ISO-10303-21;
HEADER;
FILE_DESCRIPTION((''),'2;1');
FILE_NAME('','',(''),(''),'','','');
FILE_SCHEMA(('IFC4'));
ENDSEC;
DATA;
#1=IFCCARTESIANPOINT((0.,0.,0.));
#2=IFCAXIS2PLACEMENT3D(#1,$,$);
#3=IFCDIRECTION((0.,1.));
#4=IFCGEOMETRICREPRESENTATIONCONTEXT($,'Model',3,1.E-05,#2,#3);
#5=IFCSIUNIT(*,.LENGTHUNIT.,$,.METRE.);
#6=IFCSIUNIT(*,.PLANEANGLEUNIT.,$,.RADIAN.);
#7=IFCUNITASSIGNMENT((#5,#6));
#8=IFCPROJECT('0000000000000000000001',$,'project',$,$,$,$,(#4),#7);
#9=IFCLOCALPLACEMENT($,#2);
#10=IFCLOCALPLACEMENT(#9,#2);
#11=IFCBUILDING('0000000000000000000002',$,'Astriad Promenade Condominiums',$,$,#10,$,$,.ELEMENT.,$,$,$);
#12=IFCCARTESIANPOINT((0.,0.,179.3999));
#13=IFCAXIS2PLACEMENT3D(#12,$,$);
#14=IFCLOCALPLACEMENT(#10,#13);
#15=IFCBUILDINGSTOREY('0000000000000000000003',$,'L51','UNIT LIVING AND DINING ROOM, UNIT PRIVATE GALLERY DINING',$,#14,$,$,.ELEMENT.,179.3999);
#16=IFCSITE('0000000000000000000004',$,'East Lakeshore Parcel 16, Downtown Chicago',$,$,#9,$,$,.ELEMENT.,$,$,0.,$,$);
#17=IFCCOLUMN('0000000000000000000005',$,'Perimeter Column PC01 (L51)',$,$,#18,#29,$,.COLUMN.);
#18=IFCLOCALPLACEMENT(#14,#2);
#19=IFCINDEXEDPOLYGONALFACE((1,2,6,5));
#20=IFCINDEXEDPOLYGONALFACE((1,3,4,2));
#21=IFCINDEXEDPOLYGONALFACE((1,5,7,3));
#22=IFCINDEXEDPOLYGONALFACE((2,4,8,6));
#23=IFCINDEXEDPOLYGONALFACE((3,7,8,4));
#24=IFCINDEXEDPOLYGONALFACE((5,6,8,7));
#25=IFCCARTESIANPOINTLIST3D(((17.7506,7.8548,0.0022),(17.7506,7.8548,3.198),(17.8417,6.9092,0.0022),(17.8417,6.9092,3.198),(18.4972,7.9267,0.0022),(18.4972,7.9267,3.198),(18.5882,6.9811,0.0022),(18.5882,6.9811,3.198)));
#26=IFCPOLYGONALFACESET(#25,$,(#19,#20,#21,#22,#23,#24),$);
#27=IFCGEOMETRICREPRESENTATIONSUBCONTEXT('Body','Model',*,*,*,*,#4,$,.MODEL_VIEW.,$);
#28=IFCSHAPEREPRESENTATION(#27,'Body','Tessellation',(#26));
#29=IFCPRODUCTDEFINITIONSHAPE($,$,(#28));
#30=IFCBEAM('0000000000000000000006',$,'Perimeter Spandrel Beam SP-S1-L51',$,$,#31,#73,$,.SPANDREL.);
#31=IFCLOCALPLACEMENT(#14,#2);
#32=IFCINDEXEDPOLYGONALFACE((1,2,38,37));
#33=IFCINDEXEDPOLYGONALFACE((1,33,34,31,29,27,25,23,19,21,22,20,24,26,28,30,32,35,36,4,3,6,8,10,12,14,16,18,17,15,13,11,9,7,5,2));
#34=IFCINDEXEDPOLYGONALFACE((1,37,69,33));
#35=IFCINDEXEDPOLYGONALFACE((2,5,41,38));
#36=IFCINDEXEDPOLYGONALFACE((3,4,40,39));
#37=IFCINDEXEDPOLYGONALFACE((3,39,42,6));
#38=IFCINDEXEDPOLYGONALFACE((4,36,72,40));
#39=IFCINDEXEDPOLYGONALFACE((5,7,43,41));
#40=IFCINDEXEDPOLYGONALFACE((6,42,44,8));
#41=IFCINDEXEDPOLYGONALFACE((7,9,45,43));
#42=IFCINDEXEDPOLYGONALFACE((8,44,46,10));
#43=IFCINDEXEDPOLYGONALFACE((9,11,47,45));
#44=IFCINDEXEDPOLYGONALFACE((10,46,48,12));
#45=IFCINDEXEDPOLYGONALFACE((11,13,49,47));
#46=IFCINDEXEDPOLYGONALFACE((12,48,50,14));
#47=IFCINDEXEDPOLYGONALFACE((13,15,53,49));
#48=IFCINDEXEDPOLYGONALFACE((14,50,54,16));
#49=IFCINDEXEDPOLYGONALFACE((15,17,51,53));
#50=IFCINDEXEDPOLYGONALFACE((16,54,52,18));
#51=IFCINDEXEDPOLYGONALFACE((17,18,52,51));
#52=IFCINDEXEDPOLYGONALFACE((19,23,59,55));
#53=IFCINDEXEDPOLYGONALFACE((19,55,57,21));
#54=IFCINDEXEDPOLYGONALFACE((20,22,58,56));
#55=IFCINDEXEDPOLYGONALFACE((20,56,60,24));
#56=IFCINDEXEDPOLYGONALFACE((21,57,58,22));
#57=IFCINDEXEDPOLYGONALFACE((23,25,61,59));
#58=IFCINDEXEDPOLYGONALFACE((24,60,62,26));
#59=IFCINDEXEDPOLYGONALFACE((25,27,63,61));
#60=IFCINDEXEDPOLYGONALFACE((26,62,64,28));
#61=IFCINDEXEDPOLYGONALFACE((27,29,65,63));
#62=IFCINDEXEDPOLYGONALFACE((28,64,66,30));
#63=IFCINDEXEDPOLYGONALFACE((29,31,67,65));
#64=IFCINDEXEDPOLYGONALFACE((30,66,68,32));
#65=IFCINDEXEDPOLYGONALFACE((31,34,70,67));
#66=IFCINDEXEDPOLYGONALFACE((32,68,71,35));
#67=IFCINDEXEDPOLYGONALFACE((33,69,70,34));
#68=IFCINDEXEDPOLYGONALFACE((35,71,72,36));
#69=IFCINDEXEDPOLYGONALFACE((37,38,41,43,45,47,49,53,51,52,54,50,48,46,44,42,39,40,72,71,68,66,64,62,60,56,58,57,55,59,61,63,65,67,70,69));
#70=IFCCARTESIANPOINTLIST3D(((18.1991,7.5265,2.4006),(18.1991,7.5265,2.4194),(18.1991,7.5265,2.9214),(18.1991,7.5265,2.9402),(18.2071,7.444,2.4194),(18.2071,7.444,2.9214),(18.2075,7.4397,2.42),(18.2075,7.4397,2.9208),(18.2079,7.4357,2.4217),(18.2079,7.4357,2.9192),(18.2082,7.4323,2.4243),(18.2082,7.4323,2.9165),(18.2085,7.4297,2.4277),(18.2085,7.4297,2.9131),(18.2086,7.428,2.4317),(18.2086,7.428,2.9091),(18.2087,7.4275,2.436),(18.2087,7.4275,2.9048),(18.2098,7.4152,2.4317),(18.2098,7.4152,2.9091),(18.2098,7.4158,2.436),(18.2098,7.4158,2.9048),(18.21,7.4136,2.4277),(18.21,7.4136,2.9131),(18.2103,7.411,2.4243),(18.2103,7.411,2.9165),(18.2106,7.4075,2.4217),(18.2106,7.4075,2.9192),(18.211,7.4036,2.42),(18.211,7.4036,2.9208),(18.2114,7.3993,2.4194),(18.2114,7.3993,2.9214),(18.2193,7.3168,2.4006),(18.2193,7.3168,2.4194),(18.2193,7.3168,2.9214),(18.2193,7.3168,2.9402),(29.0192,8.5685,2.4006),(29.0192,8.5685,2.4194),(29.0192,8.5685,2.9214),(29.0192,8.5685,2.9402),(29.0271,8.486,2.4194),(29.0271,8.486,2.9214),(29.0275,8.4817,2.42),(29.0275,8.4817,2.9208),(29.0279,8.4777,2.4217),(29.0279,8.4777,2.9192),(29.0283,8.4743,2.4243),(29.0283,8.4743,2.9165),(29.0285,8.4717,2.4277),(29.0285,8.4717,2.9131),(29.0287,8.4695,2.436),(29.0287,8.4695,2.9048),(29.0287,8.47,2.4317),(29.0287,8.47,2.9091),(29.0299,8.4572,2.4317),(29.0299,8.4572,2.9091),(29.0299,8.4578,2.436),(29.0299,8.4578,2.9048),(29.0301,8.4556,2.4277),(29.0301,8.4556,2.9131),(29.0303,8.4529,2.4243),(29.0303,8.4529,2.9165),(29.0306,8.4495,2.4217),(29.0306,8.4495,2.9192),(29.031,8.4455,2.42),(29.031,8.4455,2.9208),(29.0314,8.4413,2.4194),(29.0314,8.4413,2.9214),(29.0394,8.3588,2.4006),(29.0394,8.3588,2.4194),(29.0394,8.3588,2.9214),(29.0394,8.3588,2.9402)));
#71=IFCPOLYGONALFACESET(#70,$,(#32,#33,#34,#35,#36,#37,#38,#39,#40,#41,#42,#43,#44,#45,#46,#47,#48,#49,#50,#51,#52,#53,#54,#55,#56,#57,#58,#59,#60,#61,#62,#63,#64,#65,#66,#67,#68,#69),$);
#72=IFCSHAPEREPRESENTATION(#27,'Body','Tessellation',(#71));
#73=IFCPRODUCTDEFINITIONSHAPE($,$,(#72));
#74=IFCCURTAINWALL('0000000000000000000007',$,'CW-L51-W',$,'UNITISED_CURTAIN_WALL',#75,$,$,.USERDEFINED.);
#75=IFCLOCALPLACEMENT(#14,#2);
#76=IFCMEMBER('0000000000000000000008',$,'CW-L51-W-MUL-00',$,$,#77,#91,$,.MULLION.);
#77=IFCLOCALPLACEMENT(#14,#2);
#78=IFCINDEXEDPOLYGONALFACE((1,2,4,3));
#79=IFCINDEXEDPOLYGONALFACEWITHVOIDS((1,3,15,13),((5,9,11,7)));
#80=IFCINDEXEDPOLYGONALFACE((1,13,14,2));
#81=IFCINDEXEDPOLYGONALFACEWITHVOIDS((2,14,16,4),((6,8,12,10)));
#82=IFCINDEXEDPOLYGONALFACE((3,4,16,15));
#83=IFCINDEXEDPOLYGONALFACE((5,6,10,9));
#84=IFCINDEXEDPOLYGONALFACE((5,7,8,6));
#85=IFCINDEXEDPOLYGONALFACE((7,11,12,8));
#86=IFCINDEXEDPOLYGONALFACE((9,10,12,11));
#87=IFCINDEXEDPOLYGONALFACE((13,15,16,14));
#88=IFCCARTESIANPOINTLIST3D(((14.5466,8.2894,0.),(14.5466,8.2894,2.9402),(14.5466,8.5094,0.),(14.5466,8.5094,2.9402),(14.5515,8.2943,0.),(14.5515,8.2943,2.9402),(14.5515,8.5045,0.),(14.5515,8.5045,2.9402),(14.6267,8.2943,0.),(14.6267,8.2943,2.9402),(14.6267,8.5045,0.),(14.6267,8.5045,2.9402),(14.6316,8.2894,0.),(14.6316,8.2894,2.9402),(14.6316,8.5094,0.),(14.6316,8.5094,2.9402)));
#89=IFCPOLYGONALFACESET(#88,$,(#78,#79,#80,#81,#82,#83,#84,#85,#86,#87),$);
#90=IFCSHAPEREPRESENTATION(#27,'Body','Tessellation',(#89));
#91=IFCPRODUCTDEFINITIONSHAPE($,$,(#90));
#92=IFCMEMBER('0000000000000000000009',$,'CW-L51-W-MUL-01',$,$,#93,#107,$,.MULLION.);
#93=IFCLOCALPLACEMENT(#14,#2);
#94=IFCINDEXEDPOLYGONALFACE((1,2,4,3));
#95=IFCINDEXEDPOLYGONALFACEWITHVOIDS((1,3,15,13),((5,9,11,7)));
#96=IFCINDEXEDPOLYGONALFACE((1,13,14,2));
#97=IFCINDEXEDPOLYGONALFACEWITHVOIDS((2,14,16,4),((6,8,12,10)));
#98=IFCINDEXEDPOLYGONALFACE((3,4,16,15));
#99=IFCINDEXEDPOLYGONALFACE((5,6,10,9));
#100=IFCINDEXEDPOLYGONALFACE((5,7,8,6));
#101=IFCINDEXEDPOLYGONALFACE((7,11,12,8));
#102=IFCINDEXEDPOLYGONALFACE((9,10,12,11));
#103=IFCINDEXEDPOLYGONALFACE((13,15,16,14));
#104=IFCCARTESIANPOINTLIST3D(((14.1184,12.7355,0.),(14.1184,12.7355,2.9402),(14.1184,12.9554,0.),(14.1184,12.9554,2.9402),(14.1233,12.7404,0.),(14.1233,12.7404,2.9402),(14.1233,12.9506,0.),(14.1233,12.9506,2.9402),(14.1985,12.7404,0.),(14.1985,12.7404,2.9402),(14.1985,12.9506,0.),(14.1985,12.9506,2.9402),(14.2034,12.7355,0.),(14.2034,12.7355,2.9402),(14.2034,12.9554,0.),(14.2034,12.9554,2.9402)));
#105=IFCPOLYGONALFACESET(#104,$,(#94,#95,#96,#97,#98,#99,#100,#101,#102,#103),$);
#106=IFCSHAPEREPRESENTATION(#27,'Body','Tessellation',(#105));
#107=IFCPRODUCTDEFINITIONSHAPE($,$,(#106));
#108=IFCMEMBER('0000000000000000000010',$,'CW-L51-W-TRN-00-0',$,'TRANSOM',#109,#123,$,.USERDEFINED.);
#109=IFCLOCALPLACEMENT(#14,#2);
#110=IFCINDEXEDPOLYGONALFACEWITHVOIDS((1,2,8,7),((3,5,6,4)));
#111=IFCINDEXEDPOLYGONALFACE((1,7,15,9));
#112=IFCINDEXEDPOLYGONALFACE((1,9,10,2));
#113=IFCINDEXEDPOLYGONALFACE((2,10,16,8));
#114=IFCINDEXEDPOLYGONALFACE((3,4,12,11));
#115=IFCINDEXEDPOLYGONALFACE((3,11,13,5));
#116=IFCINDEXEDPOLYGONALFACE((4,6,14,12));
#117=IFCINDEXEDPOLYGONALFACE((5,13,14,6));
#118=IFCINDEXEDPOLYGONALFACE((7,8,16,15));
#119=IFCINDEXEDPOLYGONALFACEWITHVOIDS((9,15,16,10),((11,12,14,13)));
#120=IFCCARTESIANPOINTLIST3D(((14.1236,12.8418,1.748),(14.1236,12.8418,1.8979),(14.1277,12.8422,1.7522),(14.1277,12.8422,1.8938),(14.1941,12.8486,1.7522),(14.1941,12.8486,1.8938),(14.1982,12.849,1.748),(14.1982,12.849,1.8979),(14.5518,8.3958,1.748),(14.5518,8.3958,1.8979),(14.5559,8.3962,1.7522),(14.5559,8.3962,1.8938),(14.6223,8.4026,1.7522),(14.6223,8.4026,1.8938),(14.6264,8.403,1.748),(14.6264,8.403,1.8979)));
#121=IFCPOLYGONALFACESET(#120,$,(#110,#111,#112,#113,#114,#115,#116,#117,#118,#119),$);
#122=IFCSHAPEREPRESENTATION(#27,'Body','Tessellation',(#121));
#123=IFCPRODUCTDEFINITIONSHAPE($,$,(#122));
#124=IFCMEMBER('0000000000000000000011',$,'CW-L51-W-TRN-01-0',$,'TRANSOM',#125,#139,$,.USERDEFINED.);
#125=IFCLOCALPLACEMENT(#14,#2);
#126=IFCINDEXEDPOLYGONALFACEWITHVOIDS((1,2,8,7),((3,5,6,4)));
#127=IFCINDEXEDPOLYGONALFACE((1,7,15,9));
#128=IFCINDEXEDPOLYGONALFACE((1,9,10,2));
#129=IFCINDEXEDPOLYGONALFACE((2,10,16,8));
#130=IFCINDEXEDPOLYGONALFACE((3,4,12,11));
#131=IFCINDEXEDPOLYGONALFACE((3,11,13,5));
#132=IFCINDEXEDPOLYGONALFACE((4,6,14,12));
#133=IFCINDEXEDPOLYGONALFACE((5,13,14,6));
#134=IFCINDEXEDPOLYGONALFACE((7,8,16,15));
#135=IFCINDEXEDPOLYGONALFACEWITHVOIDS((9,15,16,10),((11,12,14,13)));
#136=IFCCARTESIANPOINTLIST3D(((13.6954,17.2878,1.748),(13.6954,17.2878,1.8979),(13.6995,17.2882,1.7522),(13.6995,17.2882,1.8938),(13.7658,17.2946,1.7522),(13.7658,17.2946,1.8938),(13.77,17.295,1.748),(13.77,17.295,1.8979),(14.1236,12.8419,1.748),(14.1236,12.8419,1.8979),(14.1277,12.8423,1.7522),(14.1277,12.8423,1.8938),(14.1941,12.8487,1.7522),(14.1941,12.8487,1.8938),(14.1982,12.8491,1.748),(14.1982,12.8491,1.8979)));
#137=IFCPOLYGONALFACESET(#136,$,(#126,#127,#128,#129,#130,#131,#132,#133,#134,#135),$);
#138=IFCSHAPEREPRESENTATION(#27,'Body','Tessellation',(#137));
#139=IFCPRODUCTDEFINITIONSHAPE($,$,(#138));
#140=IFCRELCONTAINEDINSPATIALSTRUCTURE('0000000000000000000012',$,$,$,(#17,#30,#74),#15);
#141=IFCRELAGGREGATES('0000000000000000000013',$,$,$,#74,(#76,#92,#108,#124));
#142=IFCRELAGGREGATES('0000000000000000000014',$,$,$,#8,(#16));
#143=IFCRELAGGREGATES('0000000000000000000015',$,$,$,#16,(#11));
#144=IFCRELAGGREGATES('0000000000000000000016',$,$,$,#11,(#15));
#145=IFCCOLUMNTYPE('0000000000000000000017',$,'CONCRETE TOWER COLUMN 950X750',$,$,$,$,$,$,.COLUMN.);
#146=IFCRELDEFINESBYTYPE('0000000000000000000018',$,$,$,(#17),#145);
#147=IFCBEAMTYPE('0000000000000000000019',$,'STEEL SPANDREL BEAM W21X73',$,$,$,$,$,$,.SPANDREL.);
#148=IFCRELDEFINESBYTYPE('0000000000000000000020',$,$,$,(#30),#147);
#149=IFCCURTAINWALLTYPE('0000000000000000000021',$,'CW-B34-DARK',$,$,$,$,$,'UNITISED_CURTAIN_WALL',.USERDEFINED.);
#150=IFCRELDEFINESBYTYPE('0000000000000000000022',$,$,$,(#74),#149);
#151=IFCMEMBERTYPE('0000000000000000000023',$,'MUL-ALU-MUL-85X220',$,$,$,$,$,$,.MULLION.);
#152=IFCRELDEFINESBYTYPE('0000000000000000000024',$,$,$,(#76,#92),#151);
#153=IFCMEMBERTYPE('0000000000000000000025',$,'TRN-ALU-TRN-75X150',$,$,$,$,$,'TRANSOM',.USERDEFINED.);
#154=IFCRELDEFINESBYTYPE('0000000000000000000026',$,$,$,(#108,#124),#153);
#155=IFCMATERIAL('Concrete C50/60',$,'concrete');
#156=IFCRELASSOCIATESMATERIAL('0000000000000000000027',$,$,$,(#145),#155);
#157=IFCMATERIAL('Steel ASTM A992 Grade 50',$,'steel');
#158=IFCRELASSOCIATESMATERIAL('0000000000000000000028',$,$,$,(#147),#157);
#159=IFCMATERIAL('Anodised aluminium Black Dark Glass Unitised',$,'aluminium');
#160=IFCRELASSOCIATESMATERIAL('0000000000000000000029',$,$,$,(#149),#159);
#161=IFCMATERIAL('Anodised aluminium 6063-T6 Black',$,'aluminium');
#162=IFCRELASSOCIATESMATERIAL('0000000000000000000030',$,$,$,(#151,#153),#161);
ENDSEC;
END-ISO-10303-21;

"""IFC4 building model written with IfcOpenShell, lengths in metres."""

from ifc_helpers import new_model, si_unit, direction, frame, origin, origin_2d, place, context, subcontext, project, spatial, rectangle, hollow_rectangle, i_section, extrude, source, transform, mapped, material, material_profile, profile_set, type_object, type_shapes, element, aggregate, save


model = new_model("IFC4")

# Units and contexts
model_context = context("Model", 3, precision=1e-05, world=origin(), true_north=direction((0.0, 1.0)))
body_context = subcontext(model_context, "Body", "Model", "MODEL_VIEW")
ifc_project = project(units=[si_unit("LENGTHUNIT", "METRE"), si_unit("PLANEANGLEUNIT", "RADIAN")], contexts=[model_context])

# Site, building, storey
site_placement = place(None, origin())
site = spatial("IfcSite", under=ifc_project, at=site_placement, Name="East Lakeshore Parcel 16, Downtown Chicago", CompositionType="ELEMENT", RefElevation=0.0)
building_placement = place(site_placement, origin())
building = spatial("IfcBuilding", under=site, at=building_placement, Name="Astriad Promenade Condominiums", CompositionType="ELEMENT")
storey_placement = place(building_placement, frame((0.0, 0.0, 179.3999)))
storey = spatial("IfcBuildingStorey", under=building, at=storey_placement, Name="L51", Description="UNIT LIVING AND DINING ROOM, UNIT PRIVATE GALLERY DINING", CompositionType="ELEMENT", Elevation=179.3999)

# Column
ifc_material_1 = material(Name="Concrete C50/60", Category="concrete")
ifc_material_profile_1 = material_profile(ifc_material_1, rectangle(XDim=0.75, YDim=0.95, at=origin_2d()), Name="RC-COL-950X750")
ifc_profile_set_1 = profile_set([ifc_material_profile_1], Name="Concrete C50/60")
column_type = type_object("IfcColumnType", Name="CONCRETE TOWER COLUMN 950X750", PredefinedType="COLUMN", material=ifc_profile_set_1)
shared_shape_1 = source(origin(), body_context, "Body", "SweptSolid", [
    extrude(rectangle(XDim=0.75, YDim=0.95, at=origin_2d()), origin(), (0.0, 0.0, 1.0), 3.1958),
])
type_shapes(column_type, [shared_shape_1])
column_placement = place(storey_placement, frame((18.1694, 7.418, 0.0022), z_axis=(0.0, 0.0, 1.0), x_axis=(0.995396, 0.095846, 0.0)))
element("IfcColumn", 1, at=column_placement, inside=storey, type_object=column_type, Name="Perimeter Column PC01 (L51)", PredefinedType="COLUMN", context=body_context, shape_type="MappedRepresentation", body=[
    mapped(shared_shape_1, transform((0.0, 0.0, 0.0), scale=1.0)),
])

# Beam
ifc_material_2 = material(Name="Steel ASTM A992 Grade 50", Category="steel")
ifc_material_profile_2 = material_profile(ifc_material_2, i_section(OverallWidth=0.2107, OverallDepth=0.5396, WebThickness=0.0117, FlangeThickness=0.0188, FilletRadius=0.0166, at=origin_2d()), Name="W21X73")
ifc_profile_set_2 = profile_set([ifc_material_profile_2], Name="Steel ASTM A992 Grade 50")
beam_type = type_object("IfcBeamType", Name="STEEL SPANDREL BEAM W21X73", PredefinedType="SPANDREL", material=ifc_profile_set_2)
shared_shape_2 = source(origin(), body_context, "Body", "SweptSolid", [
    extrude(i_section(OverallWidth=0.2107, OverallDepth=0.5396, WebThickness=0.0117, FlangeThickness=0.0188, FilletRadius=0.0166, at=origin_2d()), origin(), (0.0, 0.0, 1.0), 10.8701),
])
type_shapes(beam_type, [shared_shape_2])
beam_placement = place(storey_placement, frame((18.2092, 7.4216, 2.6704), z_axis=(0.995395, 0.095858, 0.0), x_axis=(-0.095858, 0.995395, 0.0)))
element("IfcBeam", 2, at=beam_placement, inside=storey, type_object=beam_type, Name="Perimeter Spandrel Beam SP-S1-L51", PredefinedType="SPANDREL", context=body_context, shape_type="MappedRepresentation", body=[
    mapped(shared_shape_2, transform((0.0, 0.0, 0.0), scale=1.0)),
])

# Curtain wall, members
ifc_material_3 = material(Name="Anodised aluminium Black Dark Glass Unitised", Category="aluminium")
curtain_wall_type = type_object("IfcCurtainWallType", Name="CW-B34-DARK", ElementType="UNITISED_CURTAIN_WALL", PredefinedType="USERDEFINED", material=ifc_material_3)
curtain_wall_placement = place(storey_placement, origin())
curtain_wall = element("IfcCurtainWall", 3, at=curtain_wall_placement, inside=storey, type_object=curtain_wall_type, Name="CW-L51-W", ObjectType="UNITISED_CURTAIN_WALL", PredefinedType="USERDEFINED")
ifc_material_4 = material(Name="Anodised aluminium 6063-T6 Black", Category="aluminium")
ifc_material_profile_3 = material_profile(ifc_material_4, hollow_rectangle(XDim=0.085, YDim=0.22, WallThickness=0.0049, at=origin_2d()), Name="ALU-MUL-85X220")
ifc_profile_set_3 = profile_set([ifc_material_profile_3], Name="Anodised aluminium 6063-T6 Black")
member_type_1 = type_object("IfcMemberType", Name="MUL-ALU-MUL-85X220", PredefinedType="MULLION", material=ifc_profile_set_3)
shared_shape_3 = source(origin(), body_context, "Body", "SweptSolid", [
    extrude(hollow_rectangle(XDim=0.085, YDim=0.22, WallThickness=0.0049, at=origin_2d()), origin(), (0.0, 0.0, 1.0), 2.9402),
])
type_shapes(member_type_1, [shared_shape_3])
member_1_placement = place(storey_placement, frame((14.5891, 8.3994, 0.0), z_axis=(0.0, 0.0, 1.0), x_axis=(1.0, 0.0, 0.0)))
member_1 = element("IfcMember", 4, at=member_1_placement, type_object=member_type_1, Name="CW-L51-W-MUL-00", PredefinedType="MULLION", context=body_context, shape_type="MappedRepresentation", body=[
    mapped(shared_shape_3, transform((0.0, 0.0, 0.0), scale=1.0)),
])
member_2_placement = place(storey_placement, frame((14.1609, 12.8455, 0.0), z_axis=(0.0, 0.0, 1.0), x_axis=(1.0, 0.0, 0.0)))
member_2 = element("IfcMember", 5, at=member_2_placement, type_object=member_type_1, Name="CW-L51-W-MUL-01", PredefinedType="MULLION", context=body_context, shape_type="MappedRepresentation", body=[
    mapped(shared_shape_3, transform((0.0, 0.0, 0.0), scale=1.0)),
])
ifc_material_profile_4 = material_profile(ifc_material_4, hollow_rectangle(XDim=0.075, YDim=0.1499, WallThickness=0.0042, at=origin_2d()), Name="ALU-TRN-75X150")
ifc_profile_set_4 = profile_set([ifc_material_profile_4], Name="Anodised aluminium 6063-T6 Black")
member_type_2 = type_object("IfcMemberType", Name="TRN-ALU-TRN-75X150", ElementType="TRANSOM", PredefinedType="USERDEFINED", material=ifc_profile_set_4)
shared_shape_4 = source(origin(), body_context, "Body", "SweptSolid", [
    extrude(hollow_rectangle(XDim=0.075, YDim=0.1499, WallThickness=0.0042, at=origin_2d()), origin(), (0.0, 0.0, 1.0), 4.4666),
])
type_shapes(member_type_2, [shared_shape_4])
member_3_placement = place(storey_placement, frame((14.5891, 8.3994, 1.823), z_axis=(-0.095872, 0.995394, 0.0), x_axis=(-0.995394, -0.095872, 0.0)))
member_3 = element("IfcMember", 6, at=member_3_placement, type_object=member_type_2, Name="CW-L51-W-TRN-00-0", ObjectType="TRANSOM", PredefinedType="USERDEFINED", context=body_context, shape_type="MappedRepresentation", body=[
    mapped(shared_shape_4, transform((0.0, 0.0, 0.0), scale=1.0)),
])
member_4_placement = place(storey_placement, frame((14.1609, 12.8455, 1.823), z_axis=(-0.095872, 0.995394, 0.0), x_axis=(-0.995394, -0.095872, 0.0)))
member_4 = element("IfcMember", 7, at=member_4_placement, type_object=member_type_2, Name="CW-L51-W-TRN-01-0", ObjectType="TRANSOM", PredefinedType="USERDEFINED", context=body_context, shape_type="MappedRepresentation", body=[
    mapped(shared_shape_4, transform((0.0, 0.0, 0.0), scale=1.0)),
])

aggregate(curtain_wall, [member_1, member_2, member_3, member_4])

save(model, "model.ifc")
